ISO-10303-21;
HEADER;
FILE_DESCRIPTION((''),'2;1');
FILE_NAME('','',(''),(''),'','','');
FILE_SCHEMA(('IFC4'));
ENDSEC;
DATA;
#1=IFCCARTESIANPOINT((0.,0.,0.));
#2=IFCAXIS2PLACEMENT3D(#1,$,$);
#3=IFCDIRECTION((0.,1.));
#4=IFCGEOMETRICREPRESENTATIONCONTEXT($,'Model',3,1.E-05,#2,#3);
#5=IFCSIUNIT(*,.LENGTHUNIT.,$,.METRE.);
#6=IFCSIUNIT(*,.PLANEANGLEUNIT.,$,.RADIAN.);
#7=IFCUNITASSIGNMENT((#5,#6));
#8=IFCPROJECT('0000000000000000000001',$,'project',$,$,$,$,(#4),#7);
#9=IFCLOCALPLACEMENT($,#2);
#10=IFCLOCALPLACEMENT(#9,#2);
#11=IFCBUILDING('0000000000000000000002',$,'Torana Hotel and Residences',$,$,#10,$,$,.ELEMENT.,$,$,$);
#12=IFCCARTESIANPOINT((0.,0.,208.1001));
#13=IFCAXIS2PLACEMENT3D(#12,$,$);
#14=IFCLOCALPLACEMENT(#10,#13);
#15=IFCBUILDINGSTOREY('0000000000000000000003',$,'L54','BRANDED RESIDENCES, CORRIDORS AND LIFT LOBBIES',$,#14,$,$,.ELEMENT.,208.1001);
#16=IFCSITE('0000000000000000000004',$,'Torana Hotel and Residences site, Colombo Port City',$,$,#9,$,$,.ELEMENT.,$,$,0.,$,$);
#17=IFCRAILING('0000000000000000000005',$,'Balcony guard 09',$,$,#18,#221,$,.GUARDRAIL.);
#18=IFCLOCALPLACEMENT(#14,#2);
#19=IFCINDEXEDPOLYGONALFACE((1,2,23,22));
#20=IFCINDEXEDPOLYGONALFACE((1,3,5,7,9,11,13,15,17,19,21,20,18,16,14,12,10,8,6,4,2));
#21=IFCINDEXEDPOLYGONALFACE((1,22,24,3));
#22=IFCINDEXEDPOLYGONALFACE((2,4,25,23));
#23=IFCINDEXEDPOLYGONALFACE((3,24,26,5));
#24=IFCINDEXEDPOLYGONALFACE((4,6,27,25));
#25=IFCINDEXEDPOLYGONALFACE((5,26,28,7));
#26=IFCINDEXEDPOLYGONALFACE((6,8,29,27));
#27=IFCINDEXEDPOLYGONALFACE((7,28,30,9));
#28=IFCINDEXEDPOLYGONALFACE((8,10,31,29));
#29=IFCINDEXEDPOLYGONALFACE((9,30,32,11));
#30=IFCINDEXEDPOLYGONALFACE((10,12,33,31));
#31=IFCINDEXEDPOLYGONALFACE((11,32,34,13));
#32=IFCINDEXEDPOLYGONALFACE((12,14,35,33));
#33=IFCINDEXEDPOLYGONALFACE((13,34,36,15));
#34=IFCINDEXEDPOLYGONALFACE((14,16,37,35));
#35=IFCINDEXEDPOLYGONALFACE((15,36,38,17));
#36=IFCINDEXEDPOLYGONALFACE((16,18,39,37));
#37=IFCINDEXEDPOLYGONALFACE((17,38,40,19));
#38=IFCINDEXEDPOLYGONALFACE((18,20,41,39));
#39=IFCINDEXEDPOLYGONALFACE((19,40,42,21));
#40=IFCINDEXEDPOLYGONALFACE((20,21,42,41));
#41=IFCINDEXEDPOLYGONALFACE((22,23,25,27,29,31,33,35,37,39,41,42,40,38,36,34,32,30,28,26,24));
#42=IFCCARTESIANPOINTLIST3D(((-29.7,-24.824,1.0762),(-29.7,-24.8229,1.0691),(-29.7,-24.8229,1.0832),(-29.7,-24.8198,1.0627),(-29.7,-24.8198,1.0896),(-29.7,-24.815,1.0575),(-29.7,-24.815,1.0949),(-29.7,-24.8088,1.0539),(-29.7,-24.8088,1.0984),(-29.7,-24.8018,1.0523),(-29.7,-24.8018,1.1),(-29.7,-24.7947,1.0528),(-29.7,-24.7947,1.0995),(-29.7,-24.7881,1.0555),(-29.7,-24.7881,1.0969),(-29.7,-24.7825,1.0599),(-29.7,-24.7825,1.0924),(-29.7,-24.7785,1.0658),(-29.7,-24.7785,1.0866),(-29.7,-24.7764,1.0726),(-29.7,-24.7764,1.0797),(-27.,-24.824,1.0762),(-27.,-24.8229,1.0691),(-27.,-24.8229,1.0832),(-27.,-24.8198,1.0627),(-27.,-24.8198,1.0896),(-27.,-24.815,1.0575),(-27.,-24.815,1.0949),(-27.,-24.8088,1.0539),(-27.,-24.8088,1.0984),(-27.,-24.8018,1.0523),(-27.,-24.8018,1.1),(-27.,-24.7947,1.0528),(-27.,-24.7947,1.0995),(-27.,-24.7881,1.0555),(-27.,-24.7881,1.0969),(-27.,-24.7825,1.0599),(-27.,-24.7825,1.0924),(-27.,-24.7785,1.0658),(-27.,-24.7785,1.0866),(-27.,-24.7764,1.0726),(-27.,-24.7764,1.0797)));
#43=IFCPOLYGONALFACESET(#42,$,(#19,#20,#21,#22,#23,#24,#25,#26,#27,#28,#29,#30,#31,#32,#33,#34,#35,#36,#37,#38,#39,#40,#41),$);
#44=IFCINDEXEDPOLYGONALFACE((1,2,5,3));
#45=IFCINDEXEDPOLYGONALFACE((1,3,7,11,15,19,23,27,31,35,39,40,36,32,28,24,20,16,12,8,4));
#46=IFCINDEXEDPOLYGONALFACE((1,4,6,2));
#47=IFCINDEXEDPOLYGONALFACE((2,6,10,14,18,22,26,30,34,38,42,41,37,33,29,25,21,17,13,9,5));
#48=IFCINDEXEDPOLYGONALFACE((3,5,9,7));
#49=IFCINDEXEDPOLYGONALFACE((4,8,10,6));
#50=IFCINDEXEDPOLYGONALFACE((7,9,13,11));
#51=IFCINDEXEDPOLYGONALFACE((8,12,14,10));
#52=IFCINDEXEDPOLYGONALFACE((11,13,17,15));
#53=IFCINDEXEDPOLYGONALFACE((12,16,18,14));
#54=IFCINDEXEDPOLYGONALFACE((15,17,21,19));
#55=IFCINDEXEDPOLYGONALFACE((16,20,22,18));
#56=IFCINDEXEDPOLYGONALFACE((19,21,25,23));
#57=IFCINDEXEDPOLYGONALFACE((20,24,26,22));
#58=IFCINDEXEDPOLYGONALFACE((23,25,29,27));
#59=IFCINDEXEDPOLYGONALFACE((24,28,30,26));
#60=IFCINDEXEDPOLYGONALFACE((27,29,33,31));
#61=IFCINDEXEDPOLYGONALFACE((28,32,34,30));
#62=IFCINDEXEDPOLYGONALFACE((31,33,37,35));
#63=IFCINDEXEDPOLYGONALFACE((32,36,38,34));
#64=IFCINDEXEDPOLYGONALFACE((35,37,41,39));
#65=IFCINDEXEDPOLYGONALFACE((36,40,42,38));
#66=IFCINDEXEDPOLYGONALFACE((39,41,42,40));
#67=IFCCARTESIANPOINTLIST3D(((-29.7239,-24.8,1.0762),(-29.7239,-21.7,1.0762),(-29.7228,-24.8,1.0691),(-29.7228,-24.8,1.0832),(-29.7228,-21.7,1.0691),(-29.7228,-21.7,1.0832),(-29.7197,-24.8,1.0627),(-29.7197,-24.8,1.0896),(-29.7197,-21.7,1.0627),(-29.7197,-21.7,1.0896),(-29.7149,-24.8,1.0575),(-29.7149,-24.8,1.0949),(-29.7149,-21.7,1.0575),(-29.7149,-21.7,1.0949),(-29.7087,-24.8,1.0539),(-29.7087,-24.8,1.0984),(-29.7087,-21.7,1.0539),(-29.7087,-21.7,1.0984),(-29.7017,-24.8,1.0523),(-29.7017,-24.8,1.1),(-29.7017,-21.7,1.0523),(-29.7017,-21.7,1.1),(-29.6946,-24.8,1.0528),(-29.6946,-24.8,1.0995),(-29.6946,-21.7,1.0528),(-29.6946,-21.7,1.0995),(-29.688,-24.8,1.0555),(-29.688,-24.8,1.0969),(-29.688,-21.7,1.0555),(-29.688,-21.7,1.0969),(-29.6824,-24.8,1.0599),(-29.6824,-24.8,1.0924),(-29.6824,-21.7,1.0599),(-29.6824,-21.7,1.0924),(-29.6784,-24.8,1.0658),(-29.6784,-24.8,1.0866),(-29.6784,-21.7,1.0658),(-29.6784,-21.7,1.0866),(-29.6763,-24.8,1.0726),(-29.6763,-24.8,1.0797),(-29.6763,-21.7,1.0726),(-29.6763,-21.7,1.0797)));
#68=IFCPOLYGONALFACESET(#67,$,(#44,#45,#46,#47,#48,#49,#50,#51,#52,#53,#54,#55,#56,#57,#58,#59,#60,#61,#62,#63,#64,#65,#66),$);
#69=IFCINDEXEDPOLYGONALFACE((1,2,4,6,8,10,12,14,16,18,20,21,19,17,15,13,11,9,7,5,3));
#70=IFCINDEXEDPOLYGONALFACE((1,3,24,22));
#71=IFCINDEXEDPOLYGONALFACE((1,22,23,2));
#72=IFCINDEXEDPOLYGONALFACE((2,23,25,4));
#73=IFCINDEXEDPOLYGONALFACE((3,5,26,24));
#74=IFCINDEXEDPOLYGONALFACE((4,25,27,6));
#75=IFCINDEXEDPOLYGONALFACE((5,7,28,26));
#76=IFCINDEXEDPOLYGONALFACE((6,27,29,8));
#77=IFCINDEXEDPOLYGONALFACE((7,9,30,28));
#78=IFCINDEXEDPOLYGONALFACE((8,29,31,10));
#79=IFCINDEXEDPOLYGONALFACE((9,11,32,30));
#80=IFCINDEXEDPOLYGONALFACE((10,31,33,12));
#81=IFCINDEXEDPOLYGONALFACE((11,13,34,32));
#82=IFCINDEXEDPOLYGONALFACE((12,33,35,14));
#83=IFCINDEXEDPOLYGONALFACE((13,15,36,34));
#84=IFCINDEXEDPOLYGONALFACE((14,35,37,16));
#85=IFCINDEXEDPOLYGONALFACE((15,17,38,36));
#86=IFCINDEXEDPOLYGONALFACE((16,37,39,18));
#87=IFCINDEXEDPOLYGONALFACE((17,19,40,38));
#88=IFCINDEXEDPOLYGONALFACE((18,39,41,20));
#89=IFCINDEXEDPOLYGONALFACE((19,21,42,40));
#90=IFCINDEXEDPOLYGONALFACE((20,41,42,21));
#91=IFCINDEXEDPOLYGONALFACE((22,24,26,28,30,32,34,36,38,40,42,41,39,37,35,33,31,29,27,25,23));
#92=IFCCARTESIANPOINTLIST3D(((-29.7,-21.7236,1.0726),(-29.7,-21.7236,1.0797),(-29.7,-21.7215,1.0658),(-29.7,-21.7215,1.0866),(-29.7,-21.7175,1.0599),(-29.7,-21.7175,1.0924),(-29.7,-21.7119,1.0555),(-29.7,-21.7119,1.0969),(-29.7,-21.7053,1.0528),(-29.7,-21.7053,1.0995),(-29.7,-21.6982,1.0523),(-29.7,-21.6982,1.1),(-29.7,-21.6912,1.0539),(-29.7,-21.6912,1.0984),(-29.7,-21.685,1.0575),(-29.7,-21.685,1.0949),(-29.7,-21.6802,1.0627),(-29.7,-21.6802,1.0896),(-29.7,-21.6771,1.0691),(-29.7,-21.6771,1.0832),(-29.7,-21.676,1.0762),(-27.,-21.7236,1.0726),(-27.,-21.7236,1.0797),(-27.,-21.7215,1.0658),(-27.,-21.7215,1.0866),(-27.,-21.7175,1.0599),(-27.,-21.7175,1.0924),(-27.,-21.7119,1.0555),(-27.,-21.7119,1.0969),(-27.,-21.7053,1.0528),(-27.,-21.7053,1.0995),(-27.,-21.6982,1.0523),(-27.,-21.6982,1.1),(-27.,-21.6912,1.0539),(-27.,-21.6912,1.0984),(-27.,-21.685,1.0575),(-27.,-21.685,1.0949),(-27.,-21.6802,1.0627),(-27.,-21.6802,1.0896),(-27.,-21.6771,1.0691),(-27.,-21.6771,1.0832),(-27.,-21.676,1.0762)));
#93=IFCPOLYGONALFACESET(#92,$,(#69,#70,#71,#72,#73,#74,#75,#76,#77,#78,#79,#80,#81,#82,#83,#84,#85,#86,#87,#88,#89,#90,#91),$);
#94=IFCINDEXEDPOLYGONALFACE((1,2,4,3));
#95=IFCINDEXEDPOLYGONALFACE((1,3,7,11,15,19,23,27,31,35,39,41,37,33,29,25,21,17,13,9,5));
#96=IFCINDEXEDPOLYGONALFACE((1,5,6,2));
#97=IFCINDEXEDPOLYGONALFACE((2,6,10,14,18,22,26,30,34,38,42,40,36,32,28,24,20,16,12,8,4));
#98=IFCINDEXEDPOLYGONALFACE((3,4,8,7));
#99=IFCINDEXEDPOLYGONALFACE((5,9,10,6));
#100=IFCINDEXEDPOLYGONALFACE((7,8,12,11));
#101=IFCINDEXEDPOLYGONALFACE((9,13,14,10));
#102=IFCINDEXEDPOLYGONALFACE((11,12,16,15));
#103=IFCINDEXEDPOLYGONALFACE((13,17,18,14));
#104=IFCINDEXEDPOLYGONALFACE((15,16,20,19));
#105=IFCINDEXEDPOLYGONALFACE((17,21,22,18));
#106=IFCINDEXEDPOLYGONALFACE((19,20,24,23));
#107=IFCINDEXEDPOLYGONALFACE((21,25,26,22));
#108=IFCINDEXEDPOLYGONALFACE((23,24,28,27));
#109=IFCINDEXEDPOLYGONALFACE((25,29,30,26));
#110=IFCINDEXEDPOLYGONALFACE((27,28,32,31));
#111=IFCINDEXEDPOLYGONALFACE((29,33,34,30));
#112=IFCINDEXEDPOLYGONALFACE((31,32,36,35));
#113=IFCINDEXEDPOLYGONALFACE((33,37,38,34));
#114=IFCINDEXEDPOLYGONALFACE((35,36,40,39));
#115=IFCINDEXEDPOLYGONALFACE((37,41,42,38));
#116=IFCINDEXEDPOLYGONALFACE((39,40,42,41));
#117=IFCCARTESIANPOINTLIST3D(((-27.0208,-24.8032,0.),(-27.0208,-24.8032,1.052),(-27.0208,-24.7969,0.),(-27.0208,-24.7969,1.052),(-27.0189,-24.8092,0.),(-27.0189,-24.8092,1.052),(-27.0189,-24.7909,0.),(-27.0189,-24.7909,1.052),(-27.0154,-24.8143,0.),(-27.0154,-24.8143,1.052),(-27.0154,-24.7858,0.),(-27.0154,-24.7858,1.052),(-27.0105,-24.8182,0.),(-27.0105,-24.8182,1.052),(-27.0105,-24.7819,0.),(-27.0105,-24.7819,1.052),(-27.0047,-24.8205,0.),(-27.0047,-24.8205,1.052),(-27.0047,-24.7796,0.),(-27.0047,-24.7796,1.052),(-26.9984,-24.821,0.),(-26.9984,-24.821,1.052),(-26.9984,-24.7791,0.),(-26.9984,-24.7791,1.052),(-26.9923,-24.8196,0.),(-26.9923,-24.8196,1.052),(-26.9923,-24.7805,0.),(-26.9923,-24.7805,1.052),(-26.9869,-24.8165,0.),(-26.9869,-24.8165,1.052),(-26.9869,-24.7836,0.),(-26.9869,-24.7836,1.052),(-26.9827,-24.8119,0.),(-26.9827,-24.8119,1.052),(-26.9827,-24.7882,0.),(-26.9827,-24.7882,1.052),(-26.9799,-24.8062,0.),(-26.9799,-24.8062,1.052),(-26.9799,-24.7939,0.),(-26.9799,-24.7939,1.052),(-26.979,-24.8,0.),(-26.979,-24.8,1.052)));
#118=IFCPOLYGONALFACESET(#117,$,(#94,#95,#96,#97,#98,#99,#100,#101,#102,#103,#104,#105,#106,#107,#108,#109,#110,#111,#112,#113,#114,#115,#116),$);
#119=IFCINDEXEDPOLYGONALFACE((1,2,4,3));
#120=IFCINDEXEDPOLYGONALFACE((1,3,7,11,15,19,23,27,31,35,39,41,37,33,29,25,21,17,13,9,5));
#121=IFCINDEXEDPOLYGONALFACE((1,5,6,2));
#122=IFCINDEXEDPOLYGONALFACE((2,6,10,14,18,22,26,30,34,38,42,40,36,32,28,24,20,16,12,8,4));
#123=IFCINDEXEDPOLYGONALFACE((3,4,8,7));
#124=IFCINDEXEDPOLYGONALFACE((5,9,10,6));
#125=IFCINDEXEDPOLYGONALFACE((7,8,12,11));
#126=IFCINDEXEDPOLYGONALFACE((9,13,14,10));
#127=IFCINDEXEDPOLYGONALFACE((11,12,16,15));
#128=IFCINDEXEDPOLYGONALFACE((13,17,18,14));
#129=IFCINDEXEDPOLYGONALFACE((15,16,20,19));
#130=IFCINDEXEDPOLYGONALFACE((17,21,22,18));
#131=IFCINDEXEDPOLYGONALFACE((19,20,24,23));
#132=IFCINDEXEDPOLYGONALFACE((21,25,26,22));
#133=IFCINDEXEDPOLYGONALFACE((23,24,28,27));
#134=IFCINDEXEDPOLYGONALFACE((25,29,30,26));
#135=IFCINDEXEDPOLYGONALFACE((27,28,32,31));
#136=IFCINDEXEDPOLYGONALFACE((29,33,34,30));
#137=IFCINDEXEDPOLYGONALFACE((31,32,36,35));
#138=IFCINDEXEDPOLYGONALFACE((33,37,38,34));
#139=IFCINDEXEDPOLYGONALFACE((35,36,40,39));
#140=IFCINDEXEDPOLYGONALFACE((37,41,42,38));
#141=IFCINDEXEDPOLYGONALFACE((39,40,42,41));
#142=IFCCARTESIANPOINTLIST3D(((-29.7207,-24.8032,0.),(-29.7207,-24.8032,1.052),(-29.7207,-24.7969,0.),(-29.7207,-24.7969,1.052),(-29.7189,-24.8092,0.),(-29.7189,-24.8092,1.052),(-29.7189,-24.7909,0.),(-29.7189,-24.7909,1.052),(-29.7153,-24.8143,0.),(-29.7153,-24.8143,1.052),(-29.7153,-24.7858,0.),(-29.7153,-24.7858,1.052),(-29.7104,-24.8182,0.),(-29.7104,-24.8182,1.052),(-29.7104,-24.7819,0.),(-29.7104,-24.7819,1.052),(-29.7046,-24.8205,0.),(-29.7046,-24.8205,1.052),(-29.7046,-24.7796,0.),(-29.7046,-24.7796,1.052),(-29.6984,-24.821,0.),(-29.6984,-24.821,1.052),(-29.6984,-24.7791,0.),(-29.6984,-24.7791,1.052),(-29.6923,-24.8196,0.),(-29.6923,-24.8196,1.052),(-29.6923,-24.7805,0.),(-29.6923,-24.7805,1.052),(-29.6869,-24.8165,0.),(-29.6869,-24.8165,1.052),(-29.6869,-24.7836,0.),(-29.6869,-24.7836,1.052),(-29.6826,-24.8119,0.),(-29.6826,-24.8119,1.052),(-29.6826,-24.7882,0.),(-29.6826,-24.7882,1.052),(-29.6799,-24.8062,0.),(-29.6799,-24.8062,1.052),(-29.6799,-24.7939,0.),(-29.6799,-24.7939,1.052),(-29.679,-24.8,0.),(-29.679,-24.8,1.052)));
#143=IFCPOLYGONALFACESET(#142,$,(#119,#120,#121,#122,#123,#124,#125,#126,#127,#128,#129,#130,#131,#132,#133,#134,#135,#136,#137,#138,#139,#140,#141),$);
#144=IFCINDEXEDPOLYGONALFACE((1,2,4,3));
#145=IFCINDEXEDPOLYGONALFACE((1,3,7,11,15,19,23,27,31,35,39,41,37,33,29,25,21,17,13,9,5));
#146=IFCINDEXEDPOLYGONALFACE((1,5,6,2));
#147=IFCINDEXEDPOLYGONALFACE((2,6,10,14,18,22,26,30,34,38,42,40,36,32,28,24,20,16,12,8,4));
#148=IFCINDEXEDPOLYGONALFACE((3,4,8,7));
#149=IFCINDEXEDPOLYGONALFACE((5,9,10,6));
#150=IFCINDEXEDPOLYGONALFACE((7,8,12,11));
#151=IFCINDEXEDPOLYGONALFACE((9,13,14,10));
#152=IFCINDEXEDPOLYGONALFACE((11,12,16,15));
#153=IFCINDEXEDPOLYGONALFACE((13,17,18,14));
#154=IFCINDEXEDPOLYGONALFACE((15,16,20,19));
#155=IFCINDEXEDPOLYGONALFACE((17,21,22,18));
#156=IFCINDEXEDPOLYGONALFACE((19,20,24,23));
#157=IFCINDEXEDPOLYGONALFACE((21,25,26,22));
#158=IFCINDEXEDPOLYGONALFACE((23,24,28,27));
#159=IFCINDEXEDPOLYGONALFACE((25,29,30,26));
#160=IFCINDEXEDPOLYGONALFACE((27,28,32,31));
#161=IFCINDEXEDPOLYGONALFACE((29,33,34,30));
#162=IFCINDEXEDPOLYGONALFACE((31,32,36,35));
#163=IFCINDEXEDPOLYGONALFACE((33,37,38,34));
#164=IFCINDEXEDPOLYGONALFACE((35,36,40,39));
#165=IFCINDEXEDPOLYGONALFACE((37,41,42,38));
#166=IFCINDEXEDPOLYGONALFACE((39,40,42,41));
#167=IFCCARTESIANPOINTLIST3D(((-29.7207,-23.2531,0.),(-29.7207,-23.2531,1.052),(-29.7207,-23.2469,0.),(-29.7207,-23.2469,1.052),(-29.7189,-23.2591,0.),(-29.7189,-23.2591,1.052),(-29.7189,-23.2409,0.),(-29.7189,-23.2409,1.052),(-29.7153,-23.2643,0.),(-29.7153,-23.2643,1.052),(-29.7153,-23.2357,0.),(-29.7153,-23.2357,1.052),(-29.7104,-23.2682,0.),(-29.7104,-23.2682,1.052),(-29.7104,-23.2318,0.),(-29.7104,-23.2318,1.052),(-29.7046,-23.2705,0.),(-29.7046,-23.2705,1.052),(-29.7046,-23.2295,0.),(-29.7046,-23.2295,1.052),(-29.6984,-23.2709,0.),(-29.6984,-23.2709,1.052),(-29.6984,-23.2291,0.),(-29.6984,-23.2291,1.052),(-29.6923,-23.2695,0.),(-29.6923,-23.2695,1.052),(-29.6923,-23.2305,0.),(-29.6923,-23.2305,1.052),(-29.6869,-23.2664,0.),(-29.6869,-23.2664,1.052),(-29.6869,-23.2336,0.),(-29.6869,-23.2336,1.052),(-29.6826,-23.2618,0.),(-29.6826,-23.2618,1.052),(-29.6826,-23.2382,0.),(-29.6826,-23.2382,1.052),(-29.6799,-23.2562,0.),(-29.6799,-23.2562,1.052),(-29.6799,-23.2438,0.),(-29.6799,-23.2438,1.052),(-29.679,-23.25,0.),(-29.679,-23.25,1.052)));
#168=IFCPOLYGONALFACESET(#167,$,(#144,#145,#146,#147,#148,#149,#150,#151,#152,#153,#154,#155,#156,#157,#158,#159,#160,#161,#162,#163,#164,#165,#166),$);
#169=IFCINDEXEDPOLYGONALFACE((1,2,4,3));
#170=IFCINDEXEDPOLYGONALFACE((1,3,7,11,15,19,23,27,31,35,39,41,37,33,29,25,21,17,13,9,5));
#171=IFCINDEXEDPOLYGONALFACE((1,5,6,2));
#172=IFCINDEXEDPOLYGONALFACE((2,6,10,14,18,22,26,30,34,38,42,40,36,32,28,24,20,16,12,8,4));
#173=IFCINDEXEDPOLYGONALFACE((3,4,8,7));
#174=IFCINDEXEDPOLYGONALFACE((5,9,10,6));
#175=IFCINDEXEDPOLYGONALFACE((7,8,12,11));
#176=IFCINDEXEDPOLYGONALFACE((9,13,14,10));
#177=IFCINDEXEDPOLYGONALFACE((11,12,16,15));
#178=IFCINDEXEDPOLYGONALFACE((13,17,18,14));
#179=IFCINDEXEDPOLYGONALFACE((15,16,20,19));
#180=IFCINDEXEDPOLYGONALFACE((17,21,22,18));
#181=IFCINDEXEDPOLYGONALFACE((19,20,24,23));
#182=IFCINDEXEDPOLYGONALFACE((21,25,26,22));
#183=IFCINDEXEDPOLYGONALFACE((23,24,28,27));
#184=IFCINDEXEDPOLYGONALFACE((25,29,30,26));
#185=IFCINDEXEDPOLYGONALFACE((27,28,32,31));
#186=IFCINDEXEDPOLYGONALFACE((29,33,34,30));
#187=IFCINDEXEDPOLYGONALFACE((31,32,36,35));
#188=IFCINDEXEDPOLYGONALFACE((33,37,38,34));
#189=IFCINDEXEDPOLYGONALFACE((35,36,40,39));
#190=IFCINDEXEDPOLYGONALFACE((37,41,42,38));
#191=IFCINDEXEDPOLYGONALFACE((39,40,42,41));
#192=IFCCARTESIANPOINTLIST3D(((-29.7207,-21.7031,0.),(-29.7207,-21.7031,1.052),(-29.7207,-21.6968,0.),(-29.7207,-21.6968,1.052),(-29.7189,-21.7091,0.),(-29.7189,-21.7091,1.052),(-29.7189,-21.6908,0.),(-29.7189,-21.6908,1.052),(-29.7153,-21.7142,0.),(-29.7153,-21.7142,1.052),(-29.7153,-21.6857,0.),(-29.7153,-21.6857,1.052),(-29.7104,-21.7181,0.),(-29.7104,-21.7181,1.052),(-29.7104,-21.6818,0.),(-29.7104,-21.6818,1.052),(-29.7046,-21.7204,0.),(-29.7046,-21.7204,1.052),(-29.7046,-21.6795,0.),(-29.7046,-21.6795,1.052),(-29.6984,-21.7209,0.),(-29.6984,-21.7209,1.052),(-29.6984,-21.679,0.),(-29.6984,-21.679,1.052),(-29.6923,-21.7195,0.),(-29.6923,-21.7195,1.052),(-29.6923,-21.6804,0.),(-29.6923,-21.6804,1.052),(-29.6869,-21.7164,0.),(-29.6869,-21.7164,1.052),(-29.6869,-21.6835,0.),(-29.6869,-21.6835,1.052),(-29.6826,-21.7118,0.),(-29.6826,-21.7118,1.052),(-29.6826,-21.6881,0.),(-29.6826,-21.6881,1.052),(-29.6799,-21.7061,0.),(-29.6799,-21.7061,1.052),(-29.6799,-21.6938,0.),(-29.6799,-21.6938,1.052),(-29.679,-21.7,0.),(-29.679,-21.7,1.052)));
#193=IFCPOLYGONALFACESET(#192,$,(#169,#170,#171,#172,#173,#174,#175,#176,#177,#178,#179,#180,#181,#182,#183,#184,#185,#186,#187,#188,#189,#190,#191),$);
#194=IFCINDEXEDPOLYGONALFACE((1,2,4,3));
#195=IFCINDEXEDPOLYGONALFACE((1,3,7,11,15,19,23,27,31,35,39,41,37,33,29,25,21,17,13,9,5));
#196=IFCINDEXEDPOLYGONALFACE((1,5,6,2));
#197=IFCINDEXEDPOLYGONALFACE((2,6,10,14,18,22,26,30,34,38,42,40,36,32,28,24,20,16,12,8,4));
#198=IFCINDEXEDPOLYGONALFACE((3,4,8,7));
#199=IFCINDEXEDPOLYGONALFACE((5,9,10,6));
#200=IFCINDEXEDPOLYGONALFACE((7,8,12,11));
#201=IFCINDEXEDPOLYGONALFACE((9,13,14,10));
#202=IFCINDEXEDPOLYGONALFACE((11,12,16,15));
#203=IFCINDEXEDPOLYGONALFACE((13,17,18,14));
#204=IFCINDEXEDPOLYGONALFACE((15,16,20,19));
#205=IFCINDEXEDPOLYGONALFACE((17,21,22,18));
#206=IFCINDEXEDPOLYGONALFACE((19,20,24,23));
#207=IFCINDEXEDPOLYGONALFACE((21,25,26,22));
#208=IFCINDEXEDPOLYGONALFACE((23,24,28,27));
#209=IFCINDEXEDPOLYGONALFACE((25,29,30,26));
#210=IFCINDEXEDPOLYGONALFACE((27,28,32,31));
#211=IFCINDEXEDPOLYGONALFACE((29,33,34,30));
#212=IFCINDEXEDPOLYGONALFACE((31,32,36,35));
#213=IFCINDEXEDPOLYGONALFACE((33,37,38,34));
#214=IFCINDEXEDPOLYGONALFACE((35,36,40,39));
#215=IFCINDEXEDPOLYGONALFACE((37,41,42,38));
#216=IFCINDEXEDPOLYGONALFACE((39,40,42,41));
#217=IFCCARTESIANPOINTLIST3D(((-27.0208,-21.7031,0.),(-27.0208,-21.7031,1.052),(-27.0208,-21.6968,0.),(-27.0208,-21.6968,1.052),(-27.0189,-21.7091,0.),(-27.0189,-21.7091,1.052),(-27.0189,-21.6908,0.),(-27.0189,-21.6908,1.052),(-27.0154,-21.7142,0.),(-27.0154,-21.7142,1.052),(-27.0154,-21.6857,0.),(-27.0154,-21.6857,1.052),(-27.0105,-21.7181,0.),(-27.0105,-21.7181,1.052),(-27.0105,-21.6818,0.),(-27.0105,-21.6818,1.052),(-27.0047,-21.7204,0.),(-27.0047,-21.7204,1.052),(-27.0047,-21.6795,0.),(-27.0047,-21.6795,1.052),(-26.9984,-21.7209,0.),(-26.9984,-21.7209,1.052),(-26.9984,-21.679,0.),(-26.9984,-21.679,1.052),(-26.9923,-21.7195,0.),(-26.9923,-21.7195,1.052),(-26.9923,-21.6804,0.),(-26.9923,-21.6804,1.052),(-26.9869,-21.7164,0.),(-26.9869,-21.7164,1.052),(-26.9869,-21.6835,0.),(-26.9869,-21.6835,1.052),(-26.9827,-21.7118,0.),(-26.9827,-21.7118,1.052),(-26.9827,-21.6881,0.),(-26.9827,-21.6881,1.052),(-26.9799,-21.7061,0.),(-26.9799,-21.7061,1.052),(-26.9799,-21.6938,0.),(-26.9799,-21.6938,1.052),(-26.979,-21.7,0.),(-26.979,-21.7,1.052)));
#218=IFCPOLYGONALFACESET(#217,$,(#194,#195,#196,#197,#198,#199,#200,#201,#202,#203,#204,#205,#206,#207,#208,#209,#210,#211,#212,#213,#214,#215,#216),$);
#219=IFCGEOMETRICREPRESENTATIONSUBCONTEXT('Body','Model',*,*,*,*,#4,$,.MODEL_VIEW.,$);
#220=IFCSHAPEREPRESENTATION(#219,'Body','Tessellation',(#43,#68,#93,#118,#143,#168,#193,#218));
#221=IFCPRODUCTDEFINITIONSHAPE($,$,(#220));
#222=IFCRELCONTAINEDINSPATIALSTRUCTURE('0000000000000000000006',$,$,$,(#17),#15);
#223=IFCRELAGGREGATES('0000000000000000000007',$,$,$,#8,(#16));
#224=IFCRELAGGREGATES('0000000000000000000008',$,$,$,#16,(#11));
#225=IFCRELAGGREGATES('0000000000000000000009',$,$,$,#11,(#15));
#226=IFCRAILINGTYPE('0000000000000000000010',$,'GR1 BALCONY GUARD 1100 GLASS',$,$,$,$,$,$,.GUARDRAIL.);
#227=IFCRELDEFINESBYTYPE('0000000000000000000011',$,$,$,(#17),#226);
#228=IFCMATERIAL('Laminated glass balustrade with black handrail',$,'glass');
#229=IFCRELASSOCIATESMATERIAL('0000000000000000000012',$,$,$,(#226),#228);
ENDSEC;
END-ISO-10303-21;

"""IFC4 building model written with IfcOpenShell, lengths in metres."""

from ifc_helpers import new_model, si_unit, direction, frame, origin, origin_2d, place, context, subcontext, project, spatial, circle, extrude, material, type_object, element, save


model = new_model("IFC4")

# Units and contexts
model_context = context("Model", 3, precision=1e-05, world=origin(), true_north=direction((0.0, 1.0)))
body_context = subcontext(model_context, "Body", "Model", "MODEL_VIEW")
ifc_project = project(units=[si_unit("LENGTHUNIT", "METRE"), si_unit("PLANEANGLEUNIT", "RADIAN")], contexts=[model_context])

# Site, building, storey
site_placement = place(None, origin())
site = spatial("IfcSite", under=ifc_project, at=site_placement, Name="Torana Hotel and Residences site, Colombo Port City", CompositionType="ELEMENT", RefElevation=0.0)
building_placement = place(site_placement, origin())
building = spatial("IfcBuilding", under=site, at=building_placement, Name="Torana Hotel and Residences", CompositionType="ELEMENT")
storey_placement = place(building_placement, frame((0.0, 0.0, 208.1001)))
storey = spatial("IfcBuildingStorey", under=building, at=storey_placement, Name="L54", Description="BRANDED RESIDENCES, CORRIDORS AND LIFT LOBBIES", CompositionType="ELEMENT", Elevation=208.1001)

# Railing
ifc_material_1 = material(Name="Laminated glass balustrade with black handrail", Category="glass")
railing_type = type_object("IfcRailingType", Name="GR1 BALCONY GUARD 1100 GLASS", PredefinedType="GUARDRAIL", material=ifc_material_1)
railing_1_placement = place(storey_placement, frame((-27.0, -24.8, 0.0)))
element("IfcRailing", 1, at=railing_1_placement, inside=storey, type_object=railing_type, Name="Balcony guard 09", PredefinedType="GUARDRAIL", context=body_context, shape_type="SweptSolid", body=[
    extrude(circle(Radius=0.0239, at=origin_2d()), frame((0.0, 0.0, 1.0762), z_axis=(-1.0, 0.0, 0.0), x_axis=(0.0, -1.0, 0.0)), (0.0, 0.0, 1.0), 2.7),
    extrude(circle(Radius=0.0239, at=origin_2d()), frame((-2.7, 0.0, 1.0762), z_axis=(0.0, 1.0, 0.0), x_axis=(-1.0, 0.0, 0.0)), (0.0, 0.0, 1.0), 3.1001),
    extrude(circle(Radius=0.0239, at=origin_2d()), frame((-2.7, 3.1001, 1.0762), z_axis=(1.0, 0.0, 0.0), x_axis=(0.0, 1.0, 0.0)), (0.0, 0.0, 1.0), 2.7),
    extrude(circle(Radius=0.021, at=origin_2d()), origin(), (0.0, 0.0, 1.0), 1.052),
    extrude(circle(Radius=0.021, at=origin_2d()), frame((-2.7, 0.0, 0.0)), (0.0, 0.0, 1.0), 1.052),
    extrude(circle(Radius=0.021, at=origin_2d()), frame((-2.7, 1.55, 0.0)), (0.0, 0.0, 1.0), 1.052),
    extrude(circle(Radius=0.021, at=origin_2d()), frame((-2.7, 3.1001, 0.0)), (0.0, 0.0, 1.0), 1.052),
    extrude(circle(Radius=0.021, at=origin_2d()), frame((0.0, 3.1001, 0.0)), (0.0, 0.0, 1.0), 1.052),
])

save(model, "model.ifc")
